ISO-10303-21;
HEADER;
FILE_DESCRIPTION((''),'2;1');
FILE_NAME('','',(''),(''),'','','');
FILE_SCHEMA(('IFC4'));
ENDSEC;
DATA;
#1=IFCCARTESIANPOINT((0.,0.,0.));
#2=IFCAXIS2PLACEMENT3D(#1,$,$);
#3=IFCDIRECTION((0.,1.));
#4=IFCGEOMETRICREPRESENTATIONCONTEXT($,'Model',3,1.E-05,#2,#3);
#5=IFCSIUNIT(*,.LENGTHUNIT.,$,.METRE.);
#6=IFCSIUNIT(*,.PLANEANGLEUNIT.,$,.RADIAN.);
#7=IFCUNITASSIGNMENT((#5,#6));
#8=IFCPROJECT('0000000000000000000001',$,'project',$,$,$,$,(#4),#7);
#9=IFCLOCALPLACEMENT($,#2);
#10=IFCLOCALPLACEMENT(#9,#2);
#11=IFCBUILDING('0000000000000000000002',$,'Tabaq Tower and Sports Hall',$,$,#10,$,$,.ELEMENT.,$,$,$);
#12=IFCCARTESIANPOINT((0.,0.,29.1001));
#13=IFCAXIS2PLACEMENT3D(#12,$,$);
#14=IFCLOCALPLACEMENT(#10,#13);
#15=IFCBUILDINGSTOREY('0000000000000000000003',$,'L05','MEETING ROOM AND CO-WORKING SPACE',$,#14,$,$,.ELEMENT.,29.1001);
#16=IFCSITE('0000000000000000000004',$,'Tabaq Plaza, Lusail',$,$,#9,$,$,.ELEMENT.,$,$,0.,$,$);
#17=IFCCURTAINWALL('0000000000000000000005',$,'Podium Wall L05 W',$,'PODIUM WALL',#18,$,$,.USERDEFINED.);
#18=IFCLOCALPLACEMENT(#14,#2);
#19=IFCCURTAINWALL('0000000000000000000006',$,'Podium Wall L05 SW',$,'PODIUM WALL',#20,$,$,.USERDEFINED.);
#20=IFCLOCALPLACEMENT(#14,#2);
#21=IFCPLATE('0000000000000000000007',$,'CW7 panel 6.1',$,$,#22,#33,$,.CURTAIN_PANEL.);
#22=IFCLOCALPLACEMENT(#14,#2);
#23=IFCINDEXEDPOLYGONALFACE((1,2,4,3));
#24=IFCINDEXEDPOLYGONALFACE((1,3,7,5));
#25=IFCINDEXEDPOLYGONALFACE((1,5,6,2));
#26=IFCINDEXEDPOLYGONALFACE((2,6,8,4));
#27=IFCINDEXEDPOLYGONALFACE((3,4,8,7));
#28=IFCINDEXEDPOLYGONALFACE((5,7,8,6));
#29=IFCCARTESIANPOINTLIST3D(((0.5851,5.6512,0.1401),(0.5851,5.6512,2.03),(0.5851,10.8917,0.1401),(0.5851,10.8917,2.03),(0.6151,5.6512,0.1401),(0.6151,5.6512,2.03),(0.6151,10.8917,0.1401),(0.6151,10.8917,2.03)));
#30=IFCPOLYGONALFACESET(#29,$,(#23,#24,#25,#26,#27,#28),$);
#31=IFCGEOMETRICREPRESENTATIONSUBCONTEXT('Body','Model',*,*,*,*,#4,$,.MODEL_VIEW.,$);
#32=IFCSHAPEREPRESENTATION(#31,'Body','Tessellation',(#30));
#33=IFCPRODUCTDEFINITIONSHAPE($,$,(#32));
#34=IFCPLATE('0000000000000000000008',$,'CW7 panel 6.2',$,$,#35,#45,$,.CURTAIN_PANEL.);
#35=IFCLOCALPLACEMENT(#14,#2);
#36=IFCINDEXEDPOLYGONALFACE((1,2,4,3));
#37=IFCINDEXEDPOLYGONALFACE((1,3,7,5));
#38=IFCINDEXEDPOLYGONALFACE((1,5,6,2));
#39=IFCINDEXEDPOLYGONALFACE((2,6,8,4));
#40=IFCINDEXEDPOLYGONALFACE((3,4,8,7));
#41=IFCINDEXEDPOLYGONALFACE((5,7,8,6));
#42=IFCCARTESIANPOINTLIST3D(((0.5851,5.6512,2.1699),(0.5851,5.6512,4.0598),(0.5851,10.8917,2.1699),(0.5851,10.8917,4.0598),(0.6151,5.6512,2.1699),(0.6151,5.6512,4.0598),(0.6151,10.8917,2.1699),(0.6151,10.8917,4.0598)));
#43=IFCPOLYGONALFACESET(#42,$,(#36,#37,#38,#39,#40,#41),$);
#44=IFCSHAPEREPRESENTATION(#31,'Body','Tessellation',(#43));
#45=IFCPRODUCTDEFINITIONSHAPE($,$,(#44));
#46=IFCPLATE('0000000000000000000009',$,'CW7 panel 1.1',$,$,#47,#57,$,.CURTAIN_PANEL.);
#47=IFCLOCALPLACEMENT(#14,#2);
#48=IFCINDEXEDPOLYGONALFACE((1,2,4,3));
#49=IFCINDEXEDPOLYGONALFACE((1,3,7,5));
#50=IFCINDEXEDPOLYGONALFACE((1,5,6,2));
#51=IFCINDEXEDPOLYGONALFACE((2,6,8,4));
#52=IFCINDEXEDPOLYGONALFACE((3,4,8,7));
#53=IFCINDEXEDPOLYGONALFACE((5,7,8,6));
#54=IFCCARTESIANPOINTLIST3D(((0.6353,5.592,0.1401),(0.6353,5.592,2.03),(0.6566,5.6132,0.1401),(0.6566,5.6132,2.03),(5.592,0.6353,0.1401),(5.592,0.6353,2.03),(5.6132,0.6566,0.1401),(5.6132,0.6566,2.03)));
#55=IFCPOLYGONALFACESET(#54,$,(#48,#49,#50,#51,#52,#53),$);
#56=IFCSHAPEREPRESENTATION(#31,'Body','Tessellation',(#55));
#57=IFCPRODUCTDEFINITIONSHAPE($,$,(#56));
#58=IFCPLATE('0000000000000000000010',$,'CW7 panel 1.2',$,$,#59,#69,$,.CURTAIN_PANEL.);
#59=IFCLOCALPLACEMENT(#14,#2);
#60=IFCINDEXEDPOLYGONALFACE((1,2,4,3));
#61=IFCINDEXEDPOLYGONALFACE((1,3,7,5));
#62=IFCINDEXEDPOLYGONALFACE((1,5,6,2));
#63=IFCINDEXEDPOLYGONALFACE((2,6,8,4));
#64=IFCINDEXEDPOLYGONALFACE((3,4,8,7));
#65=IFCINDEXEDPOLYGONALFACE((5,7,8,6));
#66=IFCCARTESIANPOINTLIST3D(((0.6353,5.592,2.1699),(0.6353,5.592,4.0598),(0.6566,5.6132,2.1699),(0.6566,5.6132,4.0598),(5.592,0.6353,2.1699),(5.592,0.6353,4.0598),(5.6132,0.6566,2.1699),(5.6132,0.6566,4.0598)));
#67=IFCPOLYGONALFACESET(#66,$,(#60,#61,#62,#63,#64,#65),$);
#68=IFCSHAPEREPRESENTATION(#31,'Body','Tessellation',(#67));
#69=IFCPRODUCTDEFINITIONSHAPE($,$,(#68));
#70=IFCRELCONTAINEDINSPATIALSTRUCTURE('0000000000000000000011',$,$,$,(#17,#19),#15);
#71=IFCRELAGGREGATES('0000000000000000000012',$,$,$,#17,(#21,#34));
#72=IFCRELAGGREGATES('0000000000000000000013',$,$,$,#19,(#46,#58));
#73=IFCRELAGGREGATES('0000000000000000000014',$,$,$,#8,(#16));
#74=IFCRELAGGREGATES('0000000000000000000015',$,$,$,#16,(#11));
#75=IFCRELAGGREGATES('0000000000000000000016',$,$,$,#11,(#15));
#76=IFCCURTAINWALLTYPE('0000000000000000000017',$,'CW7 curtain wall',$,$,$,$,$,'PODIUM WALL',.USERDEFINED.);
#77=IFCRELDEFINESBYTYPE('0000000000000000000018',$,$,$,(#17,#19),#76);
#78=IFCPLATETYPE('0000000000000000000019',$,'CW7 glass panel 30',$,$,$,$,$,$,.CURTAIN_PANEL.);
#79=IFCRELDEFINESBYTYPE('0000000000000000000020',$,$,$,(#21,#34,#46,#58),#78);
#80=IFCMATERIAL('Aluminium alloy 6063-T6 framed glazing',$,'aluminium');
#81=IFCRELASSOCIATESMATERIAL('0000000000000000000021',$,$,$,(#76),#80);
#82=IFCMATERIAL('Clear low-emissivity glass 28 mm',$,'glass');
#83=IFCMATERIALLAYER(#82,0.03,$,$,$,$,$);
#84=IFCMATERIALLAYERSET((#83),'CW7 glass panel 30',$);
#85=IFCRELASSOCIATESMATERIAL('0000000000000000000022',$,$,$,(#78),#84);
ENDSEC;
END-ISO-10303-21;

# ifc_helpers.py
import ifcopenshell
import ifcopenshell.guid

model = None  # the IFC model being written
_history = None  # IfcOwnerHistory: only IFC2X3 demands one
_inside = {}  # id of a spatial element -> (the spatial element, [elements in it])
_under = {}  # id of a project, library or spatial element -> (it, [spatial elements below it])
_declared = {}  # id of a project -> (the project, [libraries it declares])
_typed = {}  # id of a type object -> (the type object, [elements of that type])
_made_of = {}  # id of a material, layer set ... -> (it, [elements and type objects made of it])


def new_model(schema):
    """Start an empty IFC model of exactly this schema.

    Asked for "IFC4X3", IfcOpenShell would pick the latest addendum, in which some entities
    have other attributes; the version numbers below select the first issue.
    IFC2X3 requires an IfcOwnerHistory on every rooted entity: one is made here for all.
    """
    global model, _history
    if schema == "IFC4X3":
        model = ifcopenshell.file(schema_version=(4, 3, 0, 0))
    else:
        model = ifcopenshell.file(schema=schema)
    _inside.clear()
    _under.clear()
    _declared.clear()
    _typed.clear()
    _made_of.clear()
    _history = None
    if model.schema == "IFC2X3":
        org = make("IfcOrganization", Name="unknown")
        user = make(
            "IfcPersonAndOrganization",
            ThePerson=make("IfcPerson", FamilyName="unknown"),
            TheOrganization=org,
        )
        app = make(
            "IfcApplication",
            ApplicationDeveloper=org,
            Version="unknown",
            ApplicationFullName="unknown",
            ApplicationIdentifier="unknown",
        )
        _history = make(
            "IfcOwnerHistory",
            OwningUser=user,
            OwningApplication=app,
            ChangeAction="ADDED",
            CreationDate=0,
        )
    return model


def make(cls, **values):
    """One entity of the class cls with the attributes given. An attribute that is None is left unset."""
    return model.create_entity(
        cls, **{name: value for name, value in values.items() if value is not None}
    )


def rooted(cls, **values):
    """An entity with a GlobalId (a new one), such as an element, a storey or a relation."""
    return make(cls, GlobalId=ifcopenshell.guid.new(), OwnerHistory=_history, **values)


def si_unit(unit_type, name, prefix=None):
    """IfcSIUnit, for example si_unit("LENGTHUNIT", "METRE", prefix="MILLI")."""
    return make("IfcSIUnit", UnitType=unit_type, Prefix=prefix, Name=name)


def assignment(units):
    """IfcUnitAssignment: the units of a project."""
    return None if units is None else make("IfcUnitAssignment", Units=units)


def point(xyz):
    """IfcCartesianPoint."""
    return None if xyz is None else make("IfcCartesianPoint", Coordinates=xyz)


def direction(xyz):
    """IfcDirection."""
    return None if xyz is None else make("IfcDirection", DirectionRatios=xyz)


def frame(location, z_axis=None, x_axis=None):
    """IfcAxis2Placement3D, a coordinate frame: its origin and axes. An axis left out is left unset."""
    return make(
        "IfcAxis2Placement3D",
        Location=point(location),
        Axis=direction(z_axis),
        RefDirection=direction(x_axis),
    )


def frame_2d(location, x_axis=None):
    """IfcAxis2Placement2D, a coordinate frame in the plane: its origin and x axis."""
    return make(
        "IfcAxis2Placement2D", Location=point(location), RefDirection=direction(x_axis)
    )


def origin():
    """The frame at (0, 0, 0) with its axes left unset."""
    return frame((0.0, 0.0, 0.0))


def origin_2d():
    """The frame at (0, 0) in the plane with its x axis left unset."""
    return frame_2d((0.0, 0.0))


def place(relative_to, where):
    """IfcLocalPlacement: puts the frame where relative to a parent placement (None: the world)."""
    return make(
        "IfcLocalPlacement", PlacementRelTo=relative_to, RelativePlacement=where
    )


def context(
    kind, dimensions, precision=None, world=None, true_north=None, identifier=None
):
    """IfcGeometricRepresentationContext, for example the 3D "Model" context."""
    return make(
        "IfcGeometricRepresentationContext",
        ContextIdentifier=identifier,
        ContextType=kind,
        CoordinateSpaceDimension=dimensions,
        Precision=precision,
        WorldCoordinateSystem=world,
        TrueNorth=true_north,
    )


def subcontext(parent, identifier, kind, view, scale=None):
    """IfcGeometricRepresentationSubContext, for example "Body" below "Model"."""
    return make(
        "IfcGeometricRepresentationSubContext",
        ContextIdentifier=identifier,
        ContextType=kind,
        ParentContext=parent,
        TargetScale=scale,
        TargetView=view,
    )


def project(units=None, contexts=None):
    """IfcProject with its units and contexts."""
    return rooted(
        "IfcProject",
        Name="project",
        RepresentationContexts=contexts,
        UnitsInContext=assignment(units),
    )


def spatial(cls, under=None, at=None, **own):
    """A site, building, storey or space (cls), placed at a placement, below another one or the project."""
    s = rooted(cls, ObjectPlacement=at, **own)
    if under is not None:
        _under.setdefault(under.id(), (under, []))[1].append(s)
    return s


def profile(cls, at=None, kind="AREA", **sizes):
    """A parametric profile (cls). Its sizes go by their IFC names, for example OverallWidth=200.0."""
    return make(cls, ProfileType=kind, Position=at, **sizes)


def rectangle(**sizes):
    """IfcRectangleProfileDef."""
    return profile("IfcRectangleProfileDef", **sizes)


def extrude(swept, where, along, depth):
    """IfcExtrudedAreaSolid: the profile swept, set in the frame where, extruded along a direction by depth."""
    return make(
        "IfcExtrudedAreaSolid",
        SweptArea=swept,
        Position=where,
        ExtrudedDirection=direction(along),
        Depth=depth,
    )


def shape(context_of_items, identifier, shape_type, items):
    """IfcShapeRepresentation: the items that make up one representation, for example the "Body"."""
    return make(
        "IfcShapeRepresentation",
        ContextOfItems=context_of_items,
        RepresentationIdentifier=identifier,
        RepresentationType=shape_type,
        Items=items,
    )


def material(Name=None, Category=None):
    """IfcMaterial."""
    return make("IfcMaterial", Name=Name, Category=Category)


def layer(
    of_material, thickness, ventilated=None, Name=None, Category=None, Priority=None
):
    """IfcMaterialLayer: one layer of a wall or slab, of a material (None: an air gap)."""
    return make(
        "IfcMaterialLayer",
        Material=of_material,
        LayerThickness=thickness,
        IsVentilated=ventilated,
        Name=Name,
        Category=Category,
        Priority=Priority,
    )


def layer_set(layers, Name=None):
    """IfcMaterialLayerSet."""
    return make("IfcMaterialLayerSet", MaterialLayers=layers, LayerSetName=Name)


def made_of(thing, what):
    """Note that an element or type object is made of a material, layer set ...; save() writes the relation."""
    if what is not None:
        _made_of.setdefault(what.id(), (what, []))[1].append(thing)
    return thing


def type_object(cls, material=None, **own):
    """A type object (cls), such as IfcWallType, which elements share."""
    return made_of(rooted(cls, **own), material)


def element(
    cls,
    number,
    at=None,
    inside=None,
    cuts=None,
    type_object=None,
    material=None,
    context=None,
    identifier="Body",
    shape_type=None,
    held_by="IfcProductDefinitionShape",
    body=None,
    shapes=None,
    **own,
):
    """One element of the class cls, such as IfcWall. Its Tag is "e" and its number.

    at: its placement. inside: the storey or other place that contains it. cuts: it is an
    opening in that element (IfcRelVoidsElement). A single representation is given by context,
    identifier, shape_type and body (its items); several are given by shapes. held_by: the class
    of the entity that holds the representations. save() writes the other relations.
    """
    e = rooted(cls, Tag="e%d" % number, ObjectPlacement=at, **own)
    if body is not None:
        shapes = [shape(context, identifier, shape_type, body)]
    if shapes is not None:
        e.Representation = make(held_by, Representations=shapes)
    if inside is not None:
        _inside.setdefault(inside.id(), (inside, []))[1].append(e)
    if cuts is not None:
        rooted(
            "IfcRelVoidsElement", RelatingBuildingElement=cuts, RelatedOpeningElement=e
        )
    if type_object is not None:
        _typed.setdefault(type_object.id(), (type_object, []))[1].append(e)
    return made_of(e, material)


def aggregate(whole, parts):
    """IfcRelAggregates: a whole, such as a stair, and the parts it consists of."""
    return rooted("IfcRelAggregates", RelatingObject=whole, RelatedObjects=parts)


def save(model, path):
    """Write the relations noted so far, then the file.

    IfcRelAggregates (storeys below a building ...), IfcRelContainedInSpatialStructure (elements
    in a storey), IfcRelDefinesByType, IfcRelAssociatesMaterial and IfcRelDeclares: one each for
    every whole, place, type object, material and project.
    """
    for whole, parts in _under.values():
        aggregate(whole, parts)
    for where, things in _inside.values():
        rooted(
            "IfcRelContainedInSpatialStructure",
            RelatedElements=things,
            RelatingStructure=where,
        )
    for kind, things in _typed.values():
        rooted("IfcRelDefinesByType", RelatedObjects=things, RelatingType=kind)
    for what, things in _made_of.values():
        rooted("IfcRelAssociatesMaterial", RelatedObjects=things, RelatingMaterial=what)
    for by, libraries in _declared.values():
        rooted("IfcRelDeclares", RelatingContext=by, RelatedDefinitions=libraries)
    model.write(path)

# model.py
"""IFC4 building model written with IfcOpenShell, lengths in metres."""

from ifc_helpers import new_model, si_unit, direction, frame, origin, origin_2d, place, context, subcontext, project, spatial, rectangle, extrude, material, layer, layer_set, type_object, element, aggregate, save


model = new_model("IFC4")

# Units and contexts
model_context = context("Model", 3, precision=1e-05, world=origin(), true_north=direction((0.0, 1.0)))
body_context = subcontext(model_context, "Body", "Model", "MODEL_VIEW")
ifc_project = project(units=[si_unit("LENGTHUNIT", "METRE"), si_unit("PLANEANGLEUNIT", "RADIAN")], contexts=[model_context])

# Site, building, storey
site_placement = place(None, origin())
site = spatial("IfcSite", under=ifc_project, at=site_placement, Name="Tabaq Plaza, Lusail", CompositionType="ELEMENT", RefElevation=0.0)
building_placement = place(site_placement, origin())
building = spatial("IfcBuilding", under=site, at=building_placement, Name="Tabaq Tower and Sports Hall", CompositionType="ELEMENT")
storey_placement = place(building_placement, frame((0.0, 0.0, 29.1001)))
storey = spatial("IfcBuildingStorey", under=building, at=storey_placement, Name="L05", Description="MEETING ROOM AND CO-WORKING SPACE", CompositionType="ELEMENT", Elevation=29.1001)

# Curtain wall
ifc_material_1 = material(Name="Aluminium alloy 6063-T6 framed glazing", Category="aluminium")
curtain_wall_type = type_object("IfcCurtainWallType", Name="CW7 curtain wall", ElementType="PODIUM WALL", PredefinedType="USERDEFINED", material=ifc_material_1)
curtain_wall_1_placement = place(storey_placement, origin())
curtain_wall_1 = element("IfcCurtainWall", 1, at=curtain_wall_1_placement, inside=storey, type_object=curtain_wall_type, Name="Podium Wall L05 W", ObjectType="PODIUM WALL", PredefinedType="USERDEFINED")

# Curtain wall
curtain_wall_2_placement = place(storey_placement, origin())
curtain_wall_2 = element("IfcCurtainWall", 2, at=curtain_wall_2_placement, inside=storey, type_object=curtain_wall_type, Name="Podium Wall L05 SW", ObjectType="PODIUM WALL", PredefinedType="USERDEFINED")

# Plates
ifc_material_2 = material(Name="Clear low-emissivity glass 28 mm", Category="glass")
ifc_layer_1 = layer(ifc_material_2, 0.03)
ifc_layer_set_1 = layer_set([ifc_layer_1], Name="CW7 glass panel 30")
plate_type = type_object("IfcPlateType", Name="CW7 glass panel 30", PredefinedType="CURTAIN_PANEL", material=ifc_layer_set_1)
plate_1_placement = place(storey_placement, frame((0.6001, 8.2715, 0.1401), z_axis=(0.0, 0.0, 1.0), x_axis=(0.0, -1.0, 0.0)))
plate_1 = element("IfcPlate", 3, at=plate_1_placement, type_object=plate_type, Name="CW7 panel 6.1", PredefinedType="CURTAIN_PANEL", context=body_context, shape_type="SweptSolid", body=[
    extrude(rectangle(XDim=5.2405, YDim=0.03, at=origin_2d()), origin(), (0.0, 0.0, 1.0), 1.8899),
])
plate_2_placement = place(storey_placement, frame((0.6001, 8.2715, 2.1699), z_axis=(0.0, 0.0, 1.0), x_axis=(0.0, -1.0, 0.0)))
plate_2 = element("IfcPlate", 4, at=plate_2_placement, type_object=plate_type, Name="CW7 panel 6.2", PredefinedType="CURTAIN_PANEL", context=body_context, shape_type="SweptSolid", body=[
    extrude(rectangle(XDim=5.2405, YDim=0.03, at=origin_2d()), origin(), (0.0, 0.0, 1.0), 1.8899),
])
aggregate(curtain_wall_1, [plate_1, plate_2])
plate_3_placement = place(storey_placement, frame((3.1243, 3.1243, 0.1401), z_axis=(0.0, 0.0, 1.0), x_axis=(0.707107, -0.707107, 0.0)))
plate_3 = element("IfcPlate", 5, at=plate_3_placement, type_object=plate_type, Name="CW7 panel 1.1", PredefinedType="CURTAIN_PANEL", context=body_context, shape_type="SweptSolid", body=[
    extrude(rectangle(XDim=7.0098, YDim=0.03, at=origin_2d()), origin(), (0.0, 0.0, 1.0), 1.8899),
])
plate_4_placement = place(storey_placement, frame((3.1243, 3.1243, 2.1699), z_axis=(0.0, 0.0, 1.0), x_axis=(0.707107, -0.707107, 0.0)))
plate_4 = element("IfcPlate", 6, at=plate_4_placement, type_object=plate_type, Name="CW7 panel 1.2", PredefinedType="CURTAIN_PANEL", context=body_context, shape_type="SweptSolid", body=[
    extrude(rectangle(XDim=7.0098, YDim=0.03, at=origin_2d()), origin(), (0.0, 0.0, 1.0), 1.8899),
])
aggregate(curtain_wall_2, [plate_3, plate_4])

save(model, "model.ifc")
